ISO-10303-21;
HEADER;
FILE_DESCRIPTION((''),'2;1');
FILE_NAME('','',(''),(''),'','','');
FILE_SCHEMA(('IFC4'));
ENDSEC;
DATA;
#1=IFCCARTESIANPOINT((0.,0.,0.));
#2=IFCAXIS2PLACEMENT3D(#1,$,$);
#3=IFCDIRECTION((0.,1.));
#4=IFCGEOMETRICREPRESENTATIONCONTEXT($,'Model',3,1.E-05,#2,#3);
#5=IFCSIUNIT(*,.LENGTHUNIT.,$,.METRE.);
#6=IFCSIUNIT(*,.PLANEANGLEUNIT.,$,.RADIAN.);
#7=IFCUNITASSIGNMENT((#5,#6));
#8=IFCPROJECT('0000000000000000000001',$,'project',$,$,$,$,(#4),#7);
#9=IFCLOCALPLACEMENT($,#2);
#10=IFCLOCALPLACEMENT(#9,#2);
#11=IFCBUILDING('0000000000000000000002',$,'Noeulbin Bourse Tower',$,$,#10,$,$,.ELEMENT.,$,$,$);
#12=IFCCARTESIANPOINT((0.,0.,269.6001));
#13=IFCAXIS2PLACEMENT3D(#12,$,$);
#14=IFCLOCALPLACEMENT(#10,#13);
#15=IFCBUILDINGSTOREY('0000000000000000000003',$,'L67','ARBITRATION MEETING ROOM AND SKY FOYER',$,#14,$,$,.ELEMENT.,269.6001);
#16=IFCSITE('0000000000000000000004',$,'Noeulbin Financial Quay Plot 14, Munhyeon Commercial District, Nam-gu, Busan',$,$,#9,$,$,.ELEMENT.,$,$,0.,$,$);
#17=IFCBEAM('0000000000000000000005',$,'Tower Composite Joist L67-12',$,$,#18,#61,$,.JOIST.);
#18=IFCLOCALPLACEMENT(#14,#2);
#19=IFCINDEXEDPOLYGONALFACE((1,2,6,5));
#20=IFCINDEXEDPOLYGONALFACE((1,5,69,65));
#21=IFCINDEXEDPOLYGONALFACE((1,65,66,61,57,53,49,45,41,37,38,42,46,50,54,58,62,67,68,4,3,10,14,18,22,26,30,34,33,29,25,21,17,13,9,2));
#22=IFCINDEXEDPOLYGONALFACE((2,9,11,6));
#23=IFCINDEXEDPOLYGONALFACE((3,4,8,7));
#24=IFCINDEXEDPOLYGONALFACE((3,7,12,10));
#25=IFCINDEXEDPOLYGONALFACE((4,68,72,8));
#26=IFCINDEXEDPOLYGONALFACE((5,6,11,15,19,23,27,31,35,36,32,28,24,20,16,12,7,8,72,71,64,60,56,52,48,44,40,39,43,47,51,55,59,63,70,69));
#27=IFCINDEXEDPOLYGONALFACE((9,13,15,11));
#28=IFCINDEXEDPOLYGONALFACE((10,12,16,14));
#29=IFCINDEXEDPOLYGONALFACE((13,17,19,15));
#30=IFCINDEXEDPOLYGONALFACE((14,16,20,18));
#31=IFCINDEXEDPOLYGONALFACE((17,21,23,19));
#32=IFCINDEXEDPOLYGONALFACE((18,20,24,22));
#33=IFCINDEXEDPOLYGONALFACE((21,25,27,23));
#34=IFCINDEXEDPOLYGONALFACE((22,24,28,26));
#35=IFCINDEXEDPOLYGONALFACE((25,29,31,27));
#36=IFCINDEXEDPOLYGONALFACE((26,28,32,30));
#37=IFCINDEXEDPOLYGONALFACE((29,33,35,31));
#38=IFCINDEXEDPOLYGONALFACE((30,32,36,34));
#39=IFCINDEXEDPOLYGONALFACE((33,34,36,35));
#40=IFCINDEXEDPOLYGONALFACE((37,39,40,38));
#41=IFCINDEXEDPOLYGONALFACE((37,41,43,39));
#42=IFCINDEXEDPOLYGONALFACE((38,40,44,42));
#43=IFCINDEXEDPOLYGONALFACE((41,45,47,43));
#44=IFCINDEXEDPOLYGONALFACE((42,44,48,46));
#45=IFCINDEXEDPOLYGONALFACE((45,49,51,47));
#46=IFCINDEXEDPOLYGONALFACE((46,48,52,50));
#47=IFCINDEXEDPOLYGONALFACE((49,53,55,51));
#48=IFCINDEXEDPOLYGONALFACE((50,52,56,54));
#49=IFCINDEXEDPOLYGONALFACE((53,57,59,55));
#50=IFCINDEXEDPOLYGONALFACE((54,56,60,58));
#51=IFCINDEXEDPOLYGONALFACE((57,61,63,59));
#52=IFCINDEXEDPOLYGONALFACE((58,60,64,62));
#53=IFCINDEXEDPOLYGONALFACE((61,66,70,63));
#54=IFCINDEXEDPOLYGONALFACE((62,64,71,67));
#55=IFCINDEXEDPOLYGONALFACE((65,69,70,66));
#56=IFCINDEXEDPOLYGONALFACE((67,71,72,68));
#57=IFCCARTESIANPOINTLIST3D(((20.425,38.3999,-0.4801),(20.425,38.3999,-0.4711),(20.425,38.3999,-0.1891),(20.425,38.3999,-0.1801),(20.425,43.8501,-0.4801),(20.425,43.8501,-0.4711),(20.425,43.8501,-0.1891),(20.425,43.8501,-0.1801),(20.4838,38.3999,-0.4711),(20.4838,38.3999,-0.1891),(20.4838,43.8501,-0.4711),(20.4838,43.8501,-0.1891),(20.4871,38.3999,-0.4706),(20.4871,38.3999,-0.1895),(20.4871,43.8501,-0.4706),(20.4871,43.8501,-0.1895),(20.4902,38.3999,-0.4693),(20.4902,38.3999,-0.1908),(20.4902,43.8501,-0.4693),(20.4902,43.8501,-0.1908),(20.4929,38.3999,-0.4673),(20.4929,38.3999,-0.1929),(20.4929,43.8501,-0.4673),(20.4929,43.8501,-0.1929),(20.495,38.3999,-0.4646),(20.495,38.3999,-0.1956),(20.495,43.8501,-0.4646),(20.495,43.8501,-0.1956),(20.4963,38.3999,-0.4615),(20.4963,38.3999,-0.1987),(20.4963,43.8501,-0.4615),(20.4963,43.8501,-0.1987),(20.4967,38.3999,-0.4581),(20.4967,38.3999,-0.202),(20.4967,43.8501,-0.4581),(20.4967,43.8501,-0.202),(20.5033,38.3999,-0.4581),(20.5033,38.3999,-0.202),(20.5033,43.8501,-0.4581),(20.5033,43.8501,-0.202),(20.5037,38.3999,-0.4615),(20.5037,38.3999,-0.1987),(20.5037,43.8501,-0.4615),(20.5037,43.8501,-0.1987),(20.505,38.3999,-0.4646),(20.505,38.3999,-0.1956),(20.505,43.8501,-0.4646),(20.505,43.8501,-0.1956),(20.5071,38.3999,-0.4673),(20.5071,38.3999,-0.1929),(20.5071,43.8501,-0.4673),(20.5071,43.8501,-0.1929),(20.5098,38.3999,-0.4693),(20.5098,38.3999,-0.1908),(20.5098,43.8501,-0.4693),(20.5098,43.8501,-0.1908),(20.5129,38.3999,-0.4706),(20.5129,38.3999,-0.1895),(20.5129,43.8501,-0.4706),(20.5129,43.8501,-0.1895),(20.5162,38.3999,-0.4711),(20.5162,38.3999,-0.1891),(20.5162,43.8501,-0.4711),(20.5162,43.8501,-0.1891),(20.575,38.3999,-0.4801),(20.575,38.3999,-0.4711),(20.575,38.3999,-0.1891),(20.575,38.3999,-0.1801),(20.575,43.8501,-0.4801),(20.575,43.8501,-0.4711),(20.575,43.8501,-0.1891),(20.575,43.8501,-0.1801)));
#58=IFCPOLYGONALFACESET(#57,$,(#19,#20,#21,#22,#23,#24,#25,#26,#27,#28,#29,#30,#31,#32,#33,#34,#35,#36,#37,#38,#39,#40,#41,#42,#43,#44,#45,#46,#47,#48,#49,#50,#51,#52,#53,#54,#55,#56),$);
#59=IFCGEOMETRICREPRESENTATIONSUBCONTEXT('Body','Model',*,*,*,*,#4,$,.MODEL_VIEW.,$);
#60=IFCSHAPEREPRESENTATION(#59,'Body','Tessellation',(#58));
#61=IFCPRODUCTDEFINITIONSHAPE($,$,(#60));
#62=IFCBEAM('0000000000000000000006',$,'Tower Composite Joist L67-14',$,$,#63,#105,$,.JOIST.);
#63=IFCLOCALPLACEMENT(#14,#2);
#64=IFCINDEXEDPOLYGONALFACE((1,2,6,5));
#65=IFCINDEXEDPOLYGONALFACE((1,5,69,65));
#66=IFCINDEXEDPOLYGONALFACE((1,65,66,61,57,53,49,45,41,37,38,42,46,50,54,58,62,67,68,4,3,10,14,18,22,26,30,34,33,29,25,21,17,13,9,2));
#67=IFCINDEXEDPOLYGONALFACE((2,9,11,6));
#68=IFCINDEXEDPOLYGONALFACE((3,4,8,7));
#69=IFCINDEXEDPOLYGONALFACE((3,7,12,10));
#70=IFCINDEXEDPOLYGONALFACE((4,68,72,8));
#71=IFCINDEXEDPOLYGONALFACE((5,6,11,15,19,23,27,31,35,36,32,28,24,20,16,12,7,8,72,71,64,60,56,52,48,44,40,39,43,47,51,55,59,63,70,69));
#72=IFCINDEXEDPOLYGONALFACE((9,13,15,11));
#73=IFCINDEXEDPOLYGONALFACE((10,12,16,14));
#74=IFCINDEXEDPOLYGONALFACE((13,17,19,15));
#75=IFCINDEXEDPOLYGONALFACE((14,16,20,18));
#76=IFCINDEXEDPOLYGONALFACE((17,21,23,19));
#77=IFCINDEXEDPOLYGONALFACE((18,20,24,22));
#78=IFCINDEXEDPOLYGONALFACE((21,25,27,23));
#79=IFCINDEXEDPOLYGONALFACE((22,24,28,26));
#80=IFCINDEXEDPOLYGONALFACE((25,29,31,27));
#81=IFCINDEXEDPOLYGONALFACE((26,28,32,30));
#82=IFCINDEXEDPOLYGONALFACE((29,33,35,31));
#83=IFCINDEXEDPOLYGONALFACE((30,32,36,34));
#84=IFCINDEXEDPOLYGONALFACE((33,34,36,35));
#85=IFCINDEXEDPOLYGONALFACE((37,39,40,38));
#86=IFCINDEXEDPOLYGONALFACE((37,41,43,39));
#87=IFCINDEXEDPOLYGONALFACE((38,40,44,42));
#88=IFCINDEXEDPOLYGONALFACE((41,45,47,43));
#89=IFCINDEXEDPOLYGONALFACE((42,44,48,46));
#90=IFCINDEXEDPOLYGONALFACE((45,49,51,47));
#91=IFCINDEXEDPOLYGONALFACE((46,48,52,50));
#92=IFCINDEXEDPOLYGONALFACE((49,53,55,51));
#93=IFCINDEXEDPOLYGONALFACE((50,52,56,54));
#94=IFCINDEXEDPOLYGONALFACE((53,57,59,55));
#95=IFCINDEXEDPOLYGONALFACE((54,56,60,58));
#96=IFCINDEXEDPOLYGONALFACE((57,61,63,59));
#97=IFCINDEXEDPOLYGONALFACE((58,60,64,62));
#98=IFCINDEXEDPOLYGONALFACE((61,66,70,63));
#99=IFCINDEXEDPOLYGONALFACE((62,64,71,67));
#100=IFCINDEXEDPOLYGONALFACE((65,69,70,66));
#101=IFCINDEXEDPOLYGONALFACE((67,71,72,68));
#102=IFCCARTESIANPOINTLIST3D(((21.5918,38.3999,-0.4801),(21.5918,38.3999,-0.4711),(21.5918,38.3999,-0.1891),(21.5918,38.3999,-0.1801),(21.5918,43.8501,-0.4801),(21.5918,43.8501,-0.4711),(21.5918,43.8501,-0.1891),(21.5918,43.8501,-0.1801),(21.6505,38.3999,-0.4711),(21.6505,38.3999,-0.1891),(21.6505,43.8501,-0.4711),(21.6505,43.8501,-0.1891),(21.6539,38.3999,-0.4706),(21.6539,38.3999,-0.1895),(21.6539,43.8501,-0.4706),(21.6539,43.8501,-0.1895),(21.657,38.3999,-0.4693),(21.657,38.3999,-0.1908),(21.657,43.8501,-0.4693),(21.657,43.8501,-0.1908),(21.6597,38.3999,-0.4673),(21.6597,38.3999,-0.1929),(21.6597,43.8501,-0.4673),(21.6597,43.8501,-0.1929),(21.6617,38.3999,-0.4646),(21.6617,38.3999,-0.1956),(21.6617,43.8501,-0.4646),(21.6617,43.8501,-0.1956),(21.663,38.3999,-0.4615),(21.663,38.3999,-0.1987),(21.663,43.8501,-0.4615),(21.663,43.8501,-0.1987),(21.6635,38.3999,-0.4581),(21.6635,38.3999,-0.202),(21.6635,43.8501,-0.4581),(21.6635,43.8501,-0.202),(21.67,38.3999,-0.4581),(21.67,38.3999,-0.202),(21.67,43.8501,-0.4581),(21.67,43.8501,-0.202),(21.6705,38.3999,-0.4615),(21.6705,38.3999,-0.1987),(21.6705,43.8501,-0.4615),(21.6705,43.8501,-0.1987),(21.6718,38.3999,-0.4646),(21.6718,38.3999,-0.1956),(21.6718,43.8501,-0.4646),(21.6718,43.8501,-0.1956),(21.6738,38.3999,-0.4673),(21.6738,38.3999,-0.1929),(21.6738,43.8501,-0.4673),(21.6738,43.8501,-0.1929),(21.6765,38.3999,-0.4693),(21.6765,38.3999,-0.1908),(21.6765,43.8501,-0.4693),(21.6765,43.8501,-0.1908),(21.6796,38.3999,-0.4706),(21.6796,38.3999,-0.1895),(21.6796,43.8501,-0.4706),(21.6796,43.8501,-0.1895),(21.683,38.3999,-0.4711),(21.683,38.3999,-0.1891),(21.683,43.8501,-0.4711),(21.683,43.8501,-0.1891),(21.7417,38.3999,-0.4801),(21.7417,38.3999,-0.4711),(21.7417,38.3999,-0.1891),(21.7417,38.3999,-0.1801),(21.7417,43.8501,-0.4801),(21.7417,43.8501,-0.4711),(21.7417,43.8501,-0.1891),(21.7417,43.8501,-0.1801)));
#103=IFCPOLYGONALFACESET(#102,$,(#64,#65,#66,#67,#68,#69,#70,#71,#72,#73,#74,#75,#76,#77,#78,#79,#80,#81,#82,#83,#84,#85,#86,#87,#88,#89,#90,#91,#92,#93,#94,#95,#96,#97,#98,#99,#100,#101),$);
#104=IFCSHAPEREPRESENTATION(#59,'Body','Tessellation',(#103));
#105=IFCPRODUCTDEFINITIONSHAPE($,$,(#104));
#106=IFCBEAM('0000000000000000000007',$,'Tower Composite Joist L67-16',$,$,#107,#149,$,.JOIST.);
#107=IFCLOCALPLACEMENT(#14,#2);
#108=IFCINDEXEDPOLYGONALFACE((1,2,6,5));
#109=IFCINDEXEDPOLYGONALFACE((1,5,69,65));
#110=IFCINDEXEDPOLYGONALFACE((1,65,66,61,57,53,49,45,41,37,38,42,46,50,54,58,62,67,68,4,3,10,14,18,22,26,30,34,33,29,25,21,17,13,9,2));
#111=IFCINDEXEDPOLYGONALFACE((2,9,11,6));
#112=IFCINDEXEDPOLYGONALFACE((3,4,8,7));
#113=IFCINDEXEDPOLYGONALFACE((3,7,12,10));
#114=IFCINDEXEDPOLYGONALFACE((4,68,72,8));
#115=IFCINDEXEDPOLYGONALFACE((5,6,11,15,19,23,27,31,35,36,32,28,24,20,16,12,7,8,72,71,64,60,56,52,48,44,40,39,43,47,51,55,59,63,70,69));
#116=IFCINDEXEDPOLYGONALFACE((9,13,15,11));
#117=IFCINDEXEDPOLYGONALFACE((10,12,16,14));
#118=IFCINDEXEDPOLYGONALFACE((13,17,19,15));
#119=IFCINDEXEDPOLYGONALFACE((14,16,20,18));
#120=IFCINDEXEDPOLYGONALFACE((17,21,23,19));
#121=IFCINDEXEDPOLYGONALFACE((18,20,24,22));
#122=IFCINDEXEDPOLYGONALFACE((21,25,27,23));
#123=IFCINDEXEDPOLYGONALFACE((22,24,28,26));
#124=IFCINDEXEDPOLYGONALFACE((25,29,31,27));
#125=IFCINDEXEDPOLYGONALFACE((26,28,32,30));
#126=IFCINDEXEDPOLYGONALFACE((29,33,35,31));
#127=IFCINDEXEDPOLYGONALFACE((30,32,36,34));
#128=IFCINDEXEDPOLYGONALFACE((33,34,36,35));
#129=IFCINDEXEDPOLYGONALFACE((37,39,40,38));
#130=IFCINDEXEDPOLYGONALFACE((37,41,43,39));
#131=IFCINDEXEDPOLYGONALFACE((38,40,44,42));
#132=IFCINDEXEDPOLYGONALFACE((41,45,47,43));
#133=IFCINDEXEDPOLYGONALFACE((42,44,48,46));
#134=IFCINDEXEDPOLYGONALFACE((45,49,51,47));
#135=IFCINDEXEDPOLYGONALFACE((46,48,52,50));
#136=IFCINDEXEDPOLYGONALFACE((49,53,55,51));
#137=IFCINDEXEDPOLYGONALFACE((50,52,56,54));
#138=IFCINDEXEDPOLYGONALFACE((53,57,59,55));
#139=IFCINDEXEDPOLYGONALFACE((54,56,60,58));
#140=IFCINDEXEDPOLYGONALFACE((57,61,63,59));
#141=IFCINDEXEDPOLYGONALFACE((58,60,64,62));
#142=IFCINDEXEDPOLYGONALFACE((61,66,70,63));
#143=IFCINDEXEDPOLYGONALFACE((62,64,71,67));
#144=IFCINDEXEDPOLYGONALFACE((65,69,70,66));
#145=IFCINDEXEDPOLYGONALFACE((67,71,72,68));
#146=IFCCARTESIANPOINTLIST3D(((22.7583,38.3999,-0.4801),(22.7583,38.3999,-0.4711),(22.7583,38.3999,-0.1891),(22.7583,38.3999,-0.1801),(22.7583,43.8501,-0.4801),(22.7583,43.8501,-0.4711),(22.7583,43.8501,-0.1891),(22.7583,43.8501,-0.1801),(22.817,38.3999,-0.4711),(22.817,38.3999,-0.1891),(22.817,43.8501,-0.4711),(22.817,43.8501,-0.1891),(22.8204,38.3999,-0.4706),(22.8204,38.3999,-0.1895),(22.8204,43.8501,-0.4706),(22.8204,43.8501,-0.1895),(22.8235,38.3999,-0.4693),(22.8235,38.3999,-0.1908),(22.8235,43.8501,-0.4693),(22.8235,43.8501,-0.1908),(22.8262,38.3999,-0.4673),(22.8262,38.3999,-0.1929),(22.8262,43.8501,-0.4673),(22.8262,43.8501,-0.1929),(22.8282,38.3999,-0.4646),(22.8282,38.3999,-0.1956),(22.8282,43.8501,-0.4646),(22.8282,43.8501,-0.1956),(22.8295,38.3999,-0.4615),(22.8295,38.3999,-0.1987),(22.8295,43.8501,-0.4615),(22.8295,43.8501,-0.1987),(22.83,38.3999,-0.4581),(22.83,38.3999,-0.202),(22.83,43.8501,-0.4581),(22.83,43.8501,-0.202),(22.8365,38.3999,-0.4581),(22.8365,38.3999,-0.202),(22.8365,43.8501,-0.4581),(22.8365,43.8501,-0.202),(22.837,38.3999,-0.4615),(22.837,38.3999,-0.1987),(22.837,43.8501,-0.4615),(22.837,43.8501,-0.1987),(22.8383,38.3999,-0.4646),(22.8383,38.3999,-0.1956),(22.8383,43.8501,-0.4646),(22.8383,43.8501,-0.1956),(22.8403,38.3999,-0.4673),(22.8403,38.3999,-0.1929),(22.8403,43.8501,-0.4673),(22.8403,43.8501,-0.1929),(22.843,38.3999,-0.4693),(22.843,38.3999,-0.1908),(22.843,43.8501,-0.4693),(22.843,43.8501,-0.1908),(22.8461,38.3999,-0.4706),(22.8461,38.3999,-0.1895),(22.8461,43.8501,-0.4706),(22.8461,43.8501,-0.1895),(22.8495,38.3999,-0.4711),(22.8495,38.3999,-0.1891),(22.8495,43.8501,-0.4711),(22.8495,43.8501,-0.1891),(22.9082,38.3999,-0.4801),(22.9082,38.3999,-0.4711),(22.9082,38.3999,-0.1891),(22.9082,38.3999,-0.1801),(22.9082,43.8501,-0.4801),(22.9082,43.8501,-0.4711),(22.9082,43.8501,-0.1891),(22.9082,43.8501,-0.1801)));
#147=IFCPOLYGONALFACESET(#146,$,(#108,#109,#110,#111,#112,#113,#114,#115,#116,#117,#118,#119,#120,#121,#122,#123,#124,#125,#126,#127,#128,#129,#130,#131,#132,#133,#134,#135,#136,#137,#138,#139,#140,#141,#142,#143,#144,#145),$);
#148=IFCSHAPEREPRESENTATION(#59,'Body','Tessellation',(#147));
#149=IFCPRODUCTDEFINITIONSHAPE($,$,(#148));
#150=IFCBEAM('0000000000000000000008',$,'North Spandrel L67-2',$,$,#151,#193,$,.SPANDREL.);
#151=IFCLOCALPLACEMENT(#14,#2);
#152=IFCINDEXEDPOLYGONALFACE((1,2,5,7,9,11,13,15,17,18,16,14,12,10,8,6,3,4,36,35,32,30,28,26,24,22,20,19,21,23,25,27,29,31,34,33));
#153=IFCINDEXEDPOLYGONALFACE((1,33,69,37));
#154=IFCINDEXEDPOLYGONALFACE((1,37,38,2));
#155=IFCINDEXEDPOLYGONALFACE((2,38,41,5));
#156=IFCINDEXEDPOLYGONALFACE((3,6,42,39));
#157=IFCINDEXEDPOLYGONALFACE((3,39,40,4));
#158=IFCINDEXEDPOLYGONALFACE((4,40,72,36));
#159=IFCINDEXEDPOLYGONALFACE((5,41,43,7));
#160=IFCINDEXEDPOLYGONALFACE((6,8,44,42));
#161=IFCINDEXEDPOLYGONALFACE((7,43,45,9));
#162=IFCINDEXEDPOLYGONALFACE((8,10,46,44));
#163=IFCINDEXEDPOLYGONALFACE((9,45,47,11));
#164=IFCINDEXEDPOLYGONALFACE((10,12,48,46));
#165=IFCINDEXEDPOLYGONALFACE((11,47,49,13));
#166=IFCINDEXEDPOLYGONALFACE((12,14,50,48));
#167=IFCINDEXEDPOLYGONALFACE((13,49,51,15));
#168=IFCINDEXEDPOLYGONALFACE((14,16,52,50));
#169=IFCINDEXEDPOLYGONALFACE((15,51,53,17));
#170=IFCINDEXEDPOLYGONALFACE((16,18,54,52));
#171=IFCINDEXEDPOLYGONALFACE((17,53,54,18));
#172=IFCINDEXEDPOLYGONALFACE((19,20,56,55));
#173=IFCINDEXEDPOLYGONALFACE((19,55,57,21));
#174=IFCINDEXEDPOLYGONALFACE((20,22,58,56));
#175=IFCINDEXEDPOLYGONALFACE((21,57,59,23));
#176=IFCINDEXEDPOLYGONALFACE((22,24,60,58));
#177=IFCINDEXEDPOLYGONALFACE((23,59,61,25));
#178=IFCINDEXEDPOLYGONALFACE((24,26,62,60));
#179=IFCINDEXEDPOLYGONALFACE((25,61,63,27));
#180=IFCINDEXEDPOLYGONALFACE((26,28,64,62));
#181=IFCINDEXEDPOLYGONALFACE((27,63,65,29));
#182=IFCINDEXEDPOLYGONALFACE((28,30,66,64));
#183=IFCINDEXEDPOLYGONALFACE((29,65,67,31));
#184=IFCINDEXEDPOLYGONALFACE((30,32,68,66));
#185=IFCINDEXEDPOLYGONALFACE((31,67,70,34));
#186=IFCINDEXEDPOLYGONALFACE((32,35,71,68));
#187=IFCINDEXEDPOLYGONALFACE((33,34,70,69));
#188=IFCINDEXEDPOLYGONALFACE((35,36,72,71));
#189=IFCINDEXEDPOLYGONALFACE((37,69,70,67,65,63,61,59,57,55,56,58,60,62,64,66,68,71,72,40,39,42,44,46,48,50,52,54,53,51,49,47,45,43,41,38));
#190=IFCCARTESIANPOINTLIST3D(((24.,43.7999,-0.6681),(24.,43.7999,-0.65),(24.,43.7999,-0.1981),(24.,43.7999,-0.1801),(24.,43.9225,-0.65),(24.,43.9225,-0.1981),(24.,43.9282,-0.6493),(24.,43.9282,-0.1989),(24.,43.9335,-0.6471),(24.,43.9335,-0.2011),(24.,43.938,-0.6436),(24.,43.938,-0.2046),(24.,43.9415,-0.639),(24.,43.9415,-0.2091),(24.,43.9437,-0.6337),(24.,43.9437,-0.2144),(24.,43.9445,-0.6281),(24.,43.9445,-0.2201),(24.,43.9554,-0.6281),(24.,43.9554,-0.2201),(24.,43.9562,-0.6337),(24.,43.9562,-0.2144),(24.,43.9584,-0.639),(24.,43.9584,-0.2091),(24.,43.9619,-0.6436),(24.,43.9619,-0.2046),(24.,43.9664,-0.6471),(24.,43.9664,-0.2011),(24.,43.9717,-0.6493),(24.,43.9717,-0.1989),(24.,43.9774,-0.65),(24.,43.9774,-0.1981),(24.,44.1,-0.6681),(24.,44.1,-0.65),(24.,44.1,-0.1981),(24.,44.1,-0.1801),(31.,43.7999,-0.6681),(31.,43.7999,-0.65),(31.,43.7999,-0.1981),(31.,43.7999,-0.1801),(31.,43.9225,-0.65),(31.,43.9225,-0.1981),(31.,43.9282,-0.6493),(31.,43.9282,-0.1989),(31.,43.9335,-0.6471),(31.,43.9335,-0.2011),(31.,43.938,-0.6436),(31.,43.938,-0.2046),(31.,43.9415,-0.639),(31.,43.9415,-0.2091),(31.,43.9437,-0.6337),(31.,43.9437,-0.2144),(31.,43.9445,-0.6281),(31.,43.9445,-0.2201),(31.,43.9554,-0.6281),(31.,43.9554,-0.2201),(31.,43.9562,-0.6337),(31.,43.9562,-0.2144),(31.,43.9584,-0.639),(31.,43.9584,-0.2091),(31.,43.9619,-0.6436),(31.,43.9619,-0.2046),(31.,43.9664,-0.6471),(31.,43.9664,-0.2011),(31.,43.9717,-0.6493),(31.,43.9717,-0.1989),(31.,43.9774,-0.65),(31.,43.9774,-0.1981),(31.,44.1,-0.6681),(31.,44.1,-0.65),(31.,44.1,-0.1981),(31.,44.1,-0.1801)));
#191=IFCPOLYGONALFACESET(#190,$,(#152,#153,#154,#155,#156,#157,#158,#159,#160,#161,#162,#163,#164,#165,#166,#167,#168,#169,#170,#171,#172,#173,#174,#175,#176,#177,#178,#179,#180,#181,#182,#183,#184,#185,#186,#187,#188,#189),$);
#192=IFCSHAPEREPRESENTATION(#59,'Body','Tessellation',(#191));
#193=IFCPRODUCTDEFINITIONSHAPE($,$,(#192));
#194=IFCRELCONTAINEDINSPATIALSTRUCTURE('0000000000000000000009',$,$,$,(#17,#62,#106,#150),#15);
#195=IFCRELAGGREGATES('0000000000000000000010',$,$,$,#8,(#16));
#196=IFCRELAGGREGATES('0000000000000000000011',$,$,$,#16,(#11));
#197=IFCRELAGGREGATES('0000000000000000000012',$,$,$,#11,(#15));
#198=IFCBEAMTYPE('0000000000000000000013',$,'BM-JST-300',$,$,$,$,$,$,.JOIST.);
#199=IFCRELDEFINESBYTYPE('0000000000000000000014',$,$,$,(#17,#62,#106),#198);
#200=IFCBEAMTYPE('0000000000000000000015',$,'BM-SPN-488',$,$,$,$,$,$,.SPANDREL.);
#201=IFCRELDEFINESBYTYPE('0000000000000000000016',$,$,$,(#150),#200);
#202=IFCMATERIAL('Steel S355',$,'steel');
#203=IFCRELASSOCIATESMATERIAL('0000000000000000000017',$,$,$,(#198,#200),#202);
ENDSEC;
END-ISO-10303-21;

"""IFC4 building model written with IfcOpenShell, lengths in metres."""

from ifc_helpers import new_model, si_unit, direction, frame, origin, origin_2d, place, context, subcontext, project, spatial, i_section, extrude, material, material_profile, profile_set, type_object, element, save


model = new_model("IFC4")

# Units and contexts
model_context = context("Model", 3, precision=1e-05, world=origin(), true_north=direction((0.0, 1.0)))
body_context = subcontext(model_context, "Body", "Model", "MODEL_VIEW")
ifc_project = project(units=[si_unit("LENGTHUNIT", "METRE"), si_unit("PLANEANGLEUNIT", "RADIAN")], contexts=[model_context])

# Site, building, storey
site_placement = place(None, origin())
site = spatial("IfcSite", under=ifc_project, at=site_placement, Name="Noeulbin Financial Quay Plot 14, Munhyeon Commercial District, Nam-gu, Busan", CompositionType="ELEMENT", RefElevation=0.0)
building_placement = place(site_placement, origin())
building = spatial("IfcBuilding", under=site, at=building_placement, Name="Noeulbin Bourse Tower", CompositionType="ELEMENT")
storey_placement = place(building_placement, frame((0.0, 0.0, 269.6001)))
storey = spatial("IfcBuildingStorey", under=building, at=storey_placement, Name="L67", Description="ARBITRATION MEETING ROOM AND SKY FOYER", CompositionType="ELEMENT", Elevation=269.6001)

# Shared definitions
ifc_material_1 = material(Name="Steel S355", Category="steel")

# Beams
ifc_material_profile_1 = material_profile(ifc_material_1, i_section(OverallWidth=0.1499, OverallDepth=0.3, WebThickness=0.0066, FlangeThickness=0.009, FilletRadius=0.0129, at=origin_2d()), Name="H-300x150x6.5x9", Category="LoadBearing")
ifc_profile_set_1 = profile_set([ifc_material_profile_1], Name="Steel S355")
beam_type_1 = type_object("IfcBeamType", Name="BM-JST-300", PredefinedType="JOIST", material=ifc_profile_set_1)
for number, where, z_axis, x_axis, name in (
    (1, (20.5, 38.3999, -0.3301), (0.0, 1.0, 0.0), (-1.0, 0.0, 0.0), "Tower Composite Joist L67-12"),
    (2, (21.6667, 38.3999, -0.3301), (0.0, 1.0, 0.0), (-1.0, 0.0, 0.0), "Tower Composite Joist L67-14"),
    (3, (22.8333, 38.3999, -0.3301), (0.0, 1.0, 0.0), (-1.0, 0.0, 0.0), "Tower Composite Joist L67-16"),
):
    element("IfcBeam", number, at=place(storey_placement, frame(where, z_axis=z_axis, x_axis=x_axis)), inside=storey, type_object=beam_type_1, Name=name, PredefinedType="JOIST", context=body_context, shape_type="SweptSolid", body=[
        extrude(i_section(OverallWidth=0.1499, OverallDepth=0.3, WebThickness=0.0066, FlangeThickness=0.009, FilletRadius=0.0129, at=origin_2d()), origin(), (0.0, 0.0, 1.0), 5.4502),
    ])
ifc_material_profile_2 = material_profile(ifc_material_1, i_section(OverallWidth=0.3, OverallDepth=0.488, WebThickness=0.011, FlangeThickness=0.0181, FilletRadius=0.022, at=origin_2d()), Name="H-488x300x11x18", Category="LoadBearing")
ifc_profile_set_2 = profile_set([ifc_material_profile_2], Name="Steel S355")
beam_type_2 = type_object("IfcBeamType", Name="BM-SPN-488", PredefinedType="SPANDREL", material=ifc_profile_set_2)
beam_1_placement = place(storey_placement, frame((24.0, 43.95, -0.4241), z_axis=(1.0, 0.0, 0.0), x_axis=(0.0, 1.0, 0.0)))
element("IfcBeam", 4, at=beam_1_placement, inside=storey, type_object=beam_type_2, Name="North Spandrel L67-2", PredefinedType="SPANDREL", context=body_context, shape_type="SweptSolid", body=[
    extrude(i_section(OverallWidth=0.3, OverallDepth=0.488, WebThickness=0.011, FlangeThickness=0.0181, FilletRadius=0.022, at=origin_2d()), origin(), (0.0, 0.0, 1.0), 7.0),
])

save(model, "model.ifc")
